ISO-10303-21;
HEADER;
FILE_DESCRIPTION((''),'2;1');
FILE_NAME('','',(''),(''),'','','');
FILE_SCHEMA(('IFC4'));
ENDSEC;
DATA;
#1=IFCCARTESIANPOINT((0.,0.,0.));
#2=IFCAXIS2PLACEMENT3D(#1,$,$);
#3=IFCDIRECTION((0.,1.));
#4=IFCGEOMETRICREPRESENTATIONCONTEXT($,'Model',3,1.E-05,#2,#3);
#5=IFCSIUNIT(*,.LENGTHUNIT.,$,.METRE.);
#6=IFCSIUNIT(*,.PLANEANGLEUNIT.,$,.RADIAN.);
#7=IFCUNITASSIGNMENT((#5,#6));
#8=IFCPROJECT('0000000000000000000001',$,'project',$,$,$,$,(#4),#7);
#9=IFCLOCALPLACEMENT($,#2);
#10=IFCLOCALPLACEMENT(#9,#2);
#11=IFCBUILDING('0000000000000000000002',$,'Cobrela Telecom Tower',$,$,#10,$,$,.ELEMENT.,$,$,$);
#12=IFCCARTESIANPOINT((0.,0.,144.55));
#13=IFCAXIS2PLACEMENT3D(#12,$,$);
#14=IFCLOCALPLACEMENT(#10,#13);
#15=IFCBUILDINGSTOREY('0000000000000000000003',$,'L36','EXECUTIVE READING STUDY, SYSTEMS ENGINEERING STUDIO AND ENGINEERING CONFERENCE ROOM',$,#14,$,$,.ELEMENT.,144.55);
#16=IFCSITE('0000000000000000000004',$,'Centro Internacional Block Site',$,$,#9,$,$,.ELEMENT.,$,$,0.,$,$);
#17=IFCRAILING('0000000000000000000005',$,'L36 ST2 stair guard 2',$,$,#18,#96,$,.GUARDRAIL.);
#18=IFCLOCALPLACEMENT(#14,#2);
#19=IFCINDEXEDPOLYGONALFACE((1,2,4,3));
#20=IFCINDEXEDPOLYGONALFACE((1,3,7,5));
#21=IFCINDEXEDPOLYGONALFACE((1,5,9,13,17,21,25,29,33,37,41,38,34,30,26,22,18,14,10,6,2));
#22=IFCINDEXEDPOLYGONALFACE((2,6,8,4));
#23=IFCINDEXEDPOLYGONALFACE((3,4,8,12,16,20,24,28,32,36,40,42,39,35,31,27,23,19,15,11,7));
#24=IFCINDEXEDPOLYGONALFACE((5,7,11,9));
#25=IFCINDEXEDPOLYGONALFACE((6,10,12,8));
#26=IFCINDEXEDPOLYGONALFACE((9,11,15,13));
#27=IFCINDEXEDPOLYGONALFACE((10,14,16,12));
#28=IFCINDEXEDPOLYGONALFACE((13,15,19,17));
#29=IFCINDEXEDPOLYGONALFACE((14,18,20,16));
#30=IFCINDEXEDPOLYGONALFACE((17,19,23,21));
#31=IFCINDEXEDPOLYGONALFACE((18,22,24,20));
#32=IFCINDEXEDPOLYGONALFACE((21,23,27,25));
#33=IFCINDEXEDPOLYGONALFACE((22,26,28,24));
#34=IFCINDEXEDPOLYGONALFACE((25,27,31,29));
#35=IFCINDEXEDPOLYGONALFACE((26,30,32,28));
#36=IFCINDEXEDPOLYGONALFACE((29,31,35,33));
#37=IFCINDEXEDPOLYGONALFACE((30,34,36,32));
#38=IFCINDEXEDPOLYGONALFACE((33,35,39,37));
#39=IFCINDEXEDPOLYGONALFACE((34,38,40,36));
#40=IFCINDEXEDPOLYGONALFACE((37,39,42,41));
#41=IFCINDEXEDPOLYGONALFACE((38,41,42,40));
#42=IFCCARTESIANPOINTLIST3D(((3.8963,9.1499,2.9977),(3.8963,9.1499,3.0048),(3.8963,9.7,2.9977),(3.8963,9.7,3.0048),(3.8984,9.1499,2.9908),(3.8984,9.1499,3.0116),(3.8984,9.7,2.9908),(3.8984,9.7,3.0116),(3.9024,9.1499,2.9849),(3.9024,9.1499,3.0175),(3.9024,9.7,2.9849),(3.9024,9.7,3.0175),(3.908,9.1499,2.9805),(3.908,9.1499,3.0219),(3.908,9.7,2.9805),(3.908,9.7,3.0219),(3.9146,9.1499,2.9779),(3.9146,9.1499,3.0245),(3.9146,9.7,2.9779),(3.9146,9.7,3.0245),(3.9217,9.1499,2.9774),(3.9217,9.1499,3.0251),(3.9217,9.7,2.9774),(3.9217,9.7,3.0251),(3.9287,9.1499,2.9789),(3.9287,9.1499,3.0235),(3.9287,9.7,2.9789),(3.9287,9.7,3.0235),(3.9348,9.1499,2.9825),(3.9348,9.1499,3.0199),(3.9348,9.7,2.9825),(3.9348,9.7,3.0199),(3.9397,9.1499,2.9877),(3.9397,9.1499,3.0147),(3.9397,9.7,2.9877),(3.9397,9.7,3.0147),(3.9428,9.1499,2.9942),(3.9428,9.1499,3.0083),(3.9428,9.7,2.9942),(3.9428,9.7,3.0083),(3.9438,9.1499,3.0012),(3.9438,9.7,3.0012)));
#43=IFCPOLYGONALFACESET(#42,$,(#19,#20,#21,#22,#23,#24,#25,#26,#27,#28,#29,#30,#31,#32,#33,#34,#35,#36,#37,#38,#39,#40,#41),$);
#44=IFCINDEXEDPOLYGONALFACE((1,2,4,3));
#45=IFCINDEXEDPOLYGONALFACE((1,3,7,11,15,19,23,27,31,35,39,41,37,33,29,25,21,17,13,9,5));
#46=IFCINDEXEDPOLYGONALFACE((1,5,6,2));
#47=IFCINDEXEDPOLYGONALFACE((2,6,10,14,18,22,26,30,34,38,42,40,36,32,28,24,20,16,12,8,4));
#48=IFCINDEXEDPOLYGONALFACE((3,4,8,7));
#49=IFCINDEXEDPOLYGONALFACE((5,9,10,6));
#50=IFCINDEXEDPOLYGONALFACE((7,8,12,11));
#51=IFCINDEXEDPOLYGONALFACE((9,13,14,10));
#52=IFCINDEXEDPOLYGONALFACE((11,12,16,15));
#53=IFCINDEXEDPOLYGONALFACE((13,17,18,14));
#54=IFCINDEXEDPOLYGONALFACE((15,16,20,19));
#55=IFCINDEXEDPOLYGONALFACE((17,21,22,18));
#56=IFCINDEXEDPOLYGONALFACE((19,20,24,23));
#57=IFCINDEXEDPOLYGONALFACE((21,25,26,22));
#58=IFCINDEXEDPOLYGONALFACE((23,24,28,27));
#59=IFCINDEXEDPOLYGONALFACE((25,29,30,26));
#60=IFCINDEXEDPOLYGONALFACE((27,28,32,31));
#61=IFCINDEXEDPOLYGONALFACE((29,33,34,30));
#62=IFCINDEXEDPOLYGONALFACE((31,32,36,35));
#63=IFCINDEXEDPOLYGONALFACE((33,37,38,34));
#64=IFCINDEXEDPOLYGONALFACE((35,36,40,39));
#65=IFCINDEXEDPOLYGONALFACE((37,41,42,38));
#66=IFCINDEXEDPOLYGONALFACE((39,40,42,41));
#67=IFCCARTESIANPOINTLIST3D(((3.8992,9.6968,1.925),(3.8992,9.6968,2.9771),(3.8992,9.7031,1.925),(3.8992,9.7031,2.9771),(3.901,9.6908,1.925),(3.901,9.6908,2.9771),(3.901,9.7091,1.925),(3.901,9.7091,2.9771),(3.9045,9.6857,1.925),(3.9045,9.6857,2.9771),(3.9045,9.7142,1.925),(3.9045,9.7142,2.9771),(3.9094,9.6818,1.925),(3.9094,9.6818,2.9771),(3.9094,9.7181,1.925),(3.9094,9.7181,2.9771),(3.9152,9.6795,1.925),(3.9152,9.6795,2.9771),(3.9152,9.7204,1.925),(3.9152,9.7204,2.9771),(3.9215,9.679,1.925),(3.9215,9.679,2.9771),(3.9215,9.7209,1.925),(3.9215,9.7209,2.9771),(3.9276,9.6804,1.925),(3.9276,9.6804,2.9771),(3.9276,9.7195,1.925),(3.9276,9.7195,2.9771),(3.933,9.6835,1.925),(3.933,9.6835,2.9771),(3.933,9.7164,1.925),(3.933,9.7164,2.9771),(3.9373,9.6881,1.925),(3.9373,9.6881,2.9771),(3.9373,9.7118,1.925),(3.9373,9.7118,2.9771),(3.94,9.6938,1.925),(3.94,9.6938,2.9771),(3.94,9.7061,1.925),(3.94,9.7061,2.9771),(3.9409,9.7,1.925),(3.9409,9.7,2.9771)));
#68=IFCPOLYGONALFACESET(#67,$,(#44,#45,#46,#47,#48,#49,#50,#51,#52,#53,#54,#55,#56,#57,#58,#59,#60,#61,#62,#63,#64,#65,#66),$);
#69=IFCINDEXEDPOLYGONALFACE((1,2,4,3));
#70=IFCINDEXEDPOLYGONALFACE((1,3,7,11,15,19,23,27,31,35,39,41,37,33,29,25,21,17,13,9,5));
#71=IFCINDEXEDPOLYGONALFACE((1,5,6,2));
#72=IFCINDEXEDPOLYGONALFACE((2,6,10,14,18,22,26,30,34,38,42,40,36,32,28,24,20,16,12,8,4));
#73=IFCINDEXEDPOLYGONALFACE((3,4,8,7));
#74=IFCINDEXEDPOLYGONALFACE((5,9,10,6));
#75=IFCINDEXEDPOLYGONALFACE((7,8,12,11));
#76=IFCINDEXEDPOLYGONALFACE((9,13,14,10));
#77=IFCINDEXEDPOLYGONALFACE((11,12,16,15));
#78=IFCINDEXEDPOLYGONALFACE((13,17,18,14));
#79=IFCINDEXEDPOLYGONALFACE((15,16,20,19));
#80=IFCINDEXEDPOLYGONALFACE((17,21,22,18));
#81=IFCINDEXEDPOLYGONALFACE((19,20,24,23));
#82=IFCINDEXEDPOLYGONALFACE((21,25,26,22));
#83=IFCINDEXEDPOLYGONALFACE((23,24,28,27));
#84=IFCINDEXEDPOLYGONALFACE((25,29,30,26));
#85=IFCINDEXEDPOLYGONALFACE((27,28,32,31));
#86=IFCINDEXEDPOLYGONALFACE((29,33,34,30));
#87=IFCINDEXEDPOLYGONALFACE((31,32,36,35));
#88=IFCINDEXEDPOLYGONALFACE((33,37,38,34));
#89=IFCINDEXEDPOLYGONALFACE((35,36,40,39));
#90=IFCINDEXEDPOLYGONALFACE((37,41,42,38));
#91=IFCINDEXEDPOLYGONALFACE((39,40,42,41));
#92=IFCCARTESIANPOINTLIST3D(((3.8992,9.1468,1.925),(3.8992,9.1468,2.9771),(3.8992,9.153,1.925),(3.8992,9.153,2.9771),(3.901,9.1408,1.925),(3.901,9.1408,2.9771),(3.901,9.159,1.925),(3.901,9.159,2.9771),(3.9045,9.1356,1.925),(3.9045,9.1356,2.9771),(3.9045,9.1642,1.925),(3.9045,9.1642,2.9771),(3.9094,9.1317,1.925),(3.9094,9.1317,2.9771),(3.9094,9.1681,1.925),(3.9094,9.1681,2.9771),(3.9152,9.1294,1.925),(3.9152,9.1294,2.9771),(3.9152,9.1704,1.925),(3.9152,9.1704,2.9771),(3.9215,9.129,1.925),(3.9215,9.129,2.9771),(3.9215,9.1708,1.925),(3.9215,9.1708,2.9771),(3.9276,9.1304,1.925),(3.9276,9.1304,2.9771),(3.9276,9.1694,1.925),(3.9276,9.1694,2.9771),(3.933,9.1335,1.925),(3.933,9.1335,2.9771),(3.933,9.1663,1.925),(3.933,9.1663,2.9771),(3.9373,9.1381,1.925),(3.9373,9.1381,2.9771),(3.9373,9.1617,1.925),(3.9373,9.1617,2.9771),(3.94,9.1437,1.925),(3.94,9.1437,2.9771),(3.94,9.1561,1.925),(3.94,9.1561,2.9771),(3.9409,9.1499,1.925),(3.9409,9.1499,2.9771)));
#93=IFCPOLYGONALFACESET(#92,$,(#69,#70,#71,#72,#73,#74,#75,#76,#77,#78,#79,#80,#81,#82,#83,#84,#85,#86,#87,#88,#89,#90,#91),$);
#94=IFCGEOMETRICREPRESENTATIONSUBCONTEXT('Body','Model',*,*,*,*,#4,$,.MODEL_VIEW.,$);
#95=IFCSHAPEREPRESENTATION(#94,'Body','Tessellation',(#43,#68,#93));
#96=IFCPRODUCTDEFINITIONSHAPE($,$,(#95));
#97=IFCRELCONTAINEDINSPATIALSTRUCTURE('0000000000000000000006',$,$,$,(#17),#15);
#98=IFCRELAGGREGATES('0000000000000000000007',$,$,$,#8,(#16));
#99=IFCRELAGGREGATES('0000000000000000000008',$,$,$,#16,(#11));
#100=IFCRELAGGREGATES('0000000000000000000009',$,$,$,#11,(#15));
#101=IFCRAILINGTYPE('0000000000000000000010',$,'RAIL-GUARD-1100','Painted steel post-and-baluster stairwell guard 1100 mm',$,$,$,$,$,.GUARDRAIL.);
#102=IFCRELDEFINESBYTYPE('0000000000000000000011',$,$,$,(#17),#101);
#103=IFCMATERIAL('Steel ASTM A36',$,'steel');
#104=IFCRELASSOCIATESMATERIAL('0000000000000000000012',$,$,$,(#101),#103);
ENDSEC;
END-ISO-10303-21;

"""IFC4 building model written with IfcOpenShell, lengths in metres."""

from ifc_helpers import new_model, si_unit, direction, frame, origin, origin_2d, place, context, subcontext, project, spatial, circle, extrude, material, type_object, element, save


model = new_model("IFC4")

# Units and contexts
model_context = context("Model", 3, precision=1e-05, world=origin(), true_north=direction((0.0, 1.0)))
body_context = subcontext(model_context, "Body", "Model", "MODEL_VIEW")
ifc_project = project(units=[si_unit("LENGTHUNIT", "METRE"), si_unit("PLANEANGLEUNIT", "RADIAN")], contexts=[model_context])

# Site, building, storey
site_placement = place(None, origin())
site = spatial("IfcSite", under=ifc_project, at=site_placement, Name="Centro Internacional Block Site", CompositionType="ELEMENT", RefElevation=0.0)
building_placement = place(site_placement, origin())
building = spatial("IfcBuilding", under=site, at=building_placement, Name="Cobrela Telecom Tower", CompositionType="ELEMENT")
storey_placement = place(building_placement, frame((0.0, 0.0, 144.55)))
storey = spatial("IfcBuildingStorey", under=building, at=storey_placement, Name="L36", Description="EXECUTIVE READING STUDY, SYSTEMS ENGINEERING STUDIO AND ENGINEERING CONFERENCE ROOM", CompositionType="ELEMENT", Elevation=144.55)

# Shared definitions
ifc_material_1 = material(Name="Steel ASTM A36", Category="steel")

# Railing
railing_type_1 = type_object("IfcRailingType", Name="RAIL-GUARD-1100", Description="Painted steel post-and-baluster stairwell guard 1100 mm", PredefinedType="GUARDRAIL", material=ifc_material_1)
railing_1_placement = place(storey_placement, frame((3.9199, 9.7, 1.925)))
element("IfcRailing", 1, at=railing_1_placement, inside=storey, type_object=railing_type_1, Name="L36 ST2 stair guard 2", PredefinedType="GUARDRAIL", context=body_context, shape_type="SweptSolid", body=[
    extrude(circle(Radius=0.0239, at=origin_2d()), frame((0.0, 0.0, 1.0762), z_axis=(0.0, -1.0, 0.0), x_axis=(1.0, 0.0, 0.0)), (0.0, 0.0, 1.0), 0.55),
    extrude(circle(Radius=0.021, at=origin_2d()), origin(), (0.0, 0.0, 1.0), 1.052),
    extrude(circle(Radius=0.021, at=origin_2d()), frame((0.0, -0.55, 0.0)), (0.0, 0.0, 1.0), 1.052),
])

save(model, "model.ifc")
